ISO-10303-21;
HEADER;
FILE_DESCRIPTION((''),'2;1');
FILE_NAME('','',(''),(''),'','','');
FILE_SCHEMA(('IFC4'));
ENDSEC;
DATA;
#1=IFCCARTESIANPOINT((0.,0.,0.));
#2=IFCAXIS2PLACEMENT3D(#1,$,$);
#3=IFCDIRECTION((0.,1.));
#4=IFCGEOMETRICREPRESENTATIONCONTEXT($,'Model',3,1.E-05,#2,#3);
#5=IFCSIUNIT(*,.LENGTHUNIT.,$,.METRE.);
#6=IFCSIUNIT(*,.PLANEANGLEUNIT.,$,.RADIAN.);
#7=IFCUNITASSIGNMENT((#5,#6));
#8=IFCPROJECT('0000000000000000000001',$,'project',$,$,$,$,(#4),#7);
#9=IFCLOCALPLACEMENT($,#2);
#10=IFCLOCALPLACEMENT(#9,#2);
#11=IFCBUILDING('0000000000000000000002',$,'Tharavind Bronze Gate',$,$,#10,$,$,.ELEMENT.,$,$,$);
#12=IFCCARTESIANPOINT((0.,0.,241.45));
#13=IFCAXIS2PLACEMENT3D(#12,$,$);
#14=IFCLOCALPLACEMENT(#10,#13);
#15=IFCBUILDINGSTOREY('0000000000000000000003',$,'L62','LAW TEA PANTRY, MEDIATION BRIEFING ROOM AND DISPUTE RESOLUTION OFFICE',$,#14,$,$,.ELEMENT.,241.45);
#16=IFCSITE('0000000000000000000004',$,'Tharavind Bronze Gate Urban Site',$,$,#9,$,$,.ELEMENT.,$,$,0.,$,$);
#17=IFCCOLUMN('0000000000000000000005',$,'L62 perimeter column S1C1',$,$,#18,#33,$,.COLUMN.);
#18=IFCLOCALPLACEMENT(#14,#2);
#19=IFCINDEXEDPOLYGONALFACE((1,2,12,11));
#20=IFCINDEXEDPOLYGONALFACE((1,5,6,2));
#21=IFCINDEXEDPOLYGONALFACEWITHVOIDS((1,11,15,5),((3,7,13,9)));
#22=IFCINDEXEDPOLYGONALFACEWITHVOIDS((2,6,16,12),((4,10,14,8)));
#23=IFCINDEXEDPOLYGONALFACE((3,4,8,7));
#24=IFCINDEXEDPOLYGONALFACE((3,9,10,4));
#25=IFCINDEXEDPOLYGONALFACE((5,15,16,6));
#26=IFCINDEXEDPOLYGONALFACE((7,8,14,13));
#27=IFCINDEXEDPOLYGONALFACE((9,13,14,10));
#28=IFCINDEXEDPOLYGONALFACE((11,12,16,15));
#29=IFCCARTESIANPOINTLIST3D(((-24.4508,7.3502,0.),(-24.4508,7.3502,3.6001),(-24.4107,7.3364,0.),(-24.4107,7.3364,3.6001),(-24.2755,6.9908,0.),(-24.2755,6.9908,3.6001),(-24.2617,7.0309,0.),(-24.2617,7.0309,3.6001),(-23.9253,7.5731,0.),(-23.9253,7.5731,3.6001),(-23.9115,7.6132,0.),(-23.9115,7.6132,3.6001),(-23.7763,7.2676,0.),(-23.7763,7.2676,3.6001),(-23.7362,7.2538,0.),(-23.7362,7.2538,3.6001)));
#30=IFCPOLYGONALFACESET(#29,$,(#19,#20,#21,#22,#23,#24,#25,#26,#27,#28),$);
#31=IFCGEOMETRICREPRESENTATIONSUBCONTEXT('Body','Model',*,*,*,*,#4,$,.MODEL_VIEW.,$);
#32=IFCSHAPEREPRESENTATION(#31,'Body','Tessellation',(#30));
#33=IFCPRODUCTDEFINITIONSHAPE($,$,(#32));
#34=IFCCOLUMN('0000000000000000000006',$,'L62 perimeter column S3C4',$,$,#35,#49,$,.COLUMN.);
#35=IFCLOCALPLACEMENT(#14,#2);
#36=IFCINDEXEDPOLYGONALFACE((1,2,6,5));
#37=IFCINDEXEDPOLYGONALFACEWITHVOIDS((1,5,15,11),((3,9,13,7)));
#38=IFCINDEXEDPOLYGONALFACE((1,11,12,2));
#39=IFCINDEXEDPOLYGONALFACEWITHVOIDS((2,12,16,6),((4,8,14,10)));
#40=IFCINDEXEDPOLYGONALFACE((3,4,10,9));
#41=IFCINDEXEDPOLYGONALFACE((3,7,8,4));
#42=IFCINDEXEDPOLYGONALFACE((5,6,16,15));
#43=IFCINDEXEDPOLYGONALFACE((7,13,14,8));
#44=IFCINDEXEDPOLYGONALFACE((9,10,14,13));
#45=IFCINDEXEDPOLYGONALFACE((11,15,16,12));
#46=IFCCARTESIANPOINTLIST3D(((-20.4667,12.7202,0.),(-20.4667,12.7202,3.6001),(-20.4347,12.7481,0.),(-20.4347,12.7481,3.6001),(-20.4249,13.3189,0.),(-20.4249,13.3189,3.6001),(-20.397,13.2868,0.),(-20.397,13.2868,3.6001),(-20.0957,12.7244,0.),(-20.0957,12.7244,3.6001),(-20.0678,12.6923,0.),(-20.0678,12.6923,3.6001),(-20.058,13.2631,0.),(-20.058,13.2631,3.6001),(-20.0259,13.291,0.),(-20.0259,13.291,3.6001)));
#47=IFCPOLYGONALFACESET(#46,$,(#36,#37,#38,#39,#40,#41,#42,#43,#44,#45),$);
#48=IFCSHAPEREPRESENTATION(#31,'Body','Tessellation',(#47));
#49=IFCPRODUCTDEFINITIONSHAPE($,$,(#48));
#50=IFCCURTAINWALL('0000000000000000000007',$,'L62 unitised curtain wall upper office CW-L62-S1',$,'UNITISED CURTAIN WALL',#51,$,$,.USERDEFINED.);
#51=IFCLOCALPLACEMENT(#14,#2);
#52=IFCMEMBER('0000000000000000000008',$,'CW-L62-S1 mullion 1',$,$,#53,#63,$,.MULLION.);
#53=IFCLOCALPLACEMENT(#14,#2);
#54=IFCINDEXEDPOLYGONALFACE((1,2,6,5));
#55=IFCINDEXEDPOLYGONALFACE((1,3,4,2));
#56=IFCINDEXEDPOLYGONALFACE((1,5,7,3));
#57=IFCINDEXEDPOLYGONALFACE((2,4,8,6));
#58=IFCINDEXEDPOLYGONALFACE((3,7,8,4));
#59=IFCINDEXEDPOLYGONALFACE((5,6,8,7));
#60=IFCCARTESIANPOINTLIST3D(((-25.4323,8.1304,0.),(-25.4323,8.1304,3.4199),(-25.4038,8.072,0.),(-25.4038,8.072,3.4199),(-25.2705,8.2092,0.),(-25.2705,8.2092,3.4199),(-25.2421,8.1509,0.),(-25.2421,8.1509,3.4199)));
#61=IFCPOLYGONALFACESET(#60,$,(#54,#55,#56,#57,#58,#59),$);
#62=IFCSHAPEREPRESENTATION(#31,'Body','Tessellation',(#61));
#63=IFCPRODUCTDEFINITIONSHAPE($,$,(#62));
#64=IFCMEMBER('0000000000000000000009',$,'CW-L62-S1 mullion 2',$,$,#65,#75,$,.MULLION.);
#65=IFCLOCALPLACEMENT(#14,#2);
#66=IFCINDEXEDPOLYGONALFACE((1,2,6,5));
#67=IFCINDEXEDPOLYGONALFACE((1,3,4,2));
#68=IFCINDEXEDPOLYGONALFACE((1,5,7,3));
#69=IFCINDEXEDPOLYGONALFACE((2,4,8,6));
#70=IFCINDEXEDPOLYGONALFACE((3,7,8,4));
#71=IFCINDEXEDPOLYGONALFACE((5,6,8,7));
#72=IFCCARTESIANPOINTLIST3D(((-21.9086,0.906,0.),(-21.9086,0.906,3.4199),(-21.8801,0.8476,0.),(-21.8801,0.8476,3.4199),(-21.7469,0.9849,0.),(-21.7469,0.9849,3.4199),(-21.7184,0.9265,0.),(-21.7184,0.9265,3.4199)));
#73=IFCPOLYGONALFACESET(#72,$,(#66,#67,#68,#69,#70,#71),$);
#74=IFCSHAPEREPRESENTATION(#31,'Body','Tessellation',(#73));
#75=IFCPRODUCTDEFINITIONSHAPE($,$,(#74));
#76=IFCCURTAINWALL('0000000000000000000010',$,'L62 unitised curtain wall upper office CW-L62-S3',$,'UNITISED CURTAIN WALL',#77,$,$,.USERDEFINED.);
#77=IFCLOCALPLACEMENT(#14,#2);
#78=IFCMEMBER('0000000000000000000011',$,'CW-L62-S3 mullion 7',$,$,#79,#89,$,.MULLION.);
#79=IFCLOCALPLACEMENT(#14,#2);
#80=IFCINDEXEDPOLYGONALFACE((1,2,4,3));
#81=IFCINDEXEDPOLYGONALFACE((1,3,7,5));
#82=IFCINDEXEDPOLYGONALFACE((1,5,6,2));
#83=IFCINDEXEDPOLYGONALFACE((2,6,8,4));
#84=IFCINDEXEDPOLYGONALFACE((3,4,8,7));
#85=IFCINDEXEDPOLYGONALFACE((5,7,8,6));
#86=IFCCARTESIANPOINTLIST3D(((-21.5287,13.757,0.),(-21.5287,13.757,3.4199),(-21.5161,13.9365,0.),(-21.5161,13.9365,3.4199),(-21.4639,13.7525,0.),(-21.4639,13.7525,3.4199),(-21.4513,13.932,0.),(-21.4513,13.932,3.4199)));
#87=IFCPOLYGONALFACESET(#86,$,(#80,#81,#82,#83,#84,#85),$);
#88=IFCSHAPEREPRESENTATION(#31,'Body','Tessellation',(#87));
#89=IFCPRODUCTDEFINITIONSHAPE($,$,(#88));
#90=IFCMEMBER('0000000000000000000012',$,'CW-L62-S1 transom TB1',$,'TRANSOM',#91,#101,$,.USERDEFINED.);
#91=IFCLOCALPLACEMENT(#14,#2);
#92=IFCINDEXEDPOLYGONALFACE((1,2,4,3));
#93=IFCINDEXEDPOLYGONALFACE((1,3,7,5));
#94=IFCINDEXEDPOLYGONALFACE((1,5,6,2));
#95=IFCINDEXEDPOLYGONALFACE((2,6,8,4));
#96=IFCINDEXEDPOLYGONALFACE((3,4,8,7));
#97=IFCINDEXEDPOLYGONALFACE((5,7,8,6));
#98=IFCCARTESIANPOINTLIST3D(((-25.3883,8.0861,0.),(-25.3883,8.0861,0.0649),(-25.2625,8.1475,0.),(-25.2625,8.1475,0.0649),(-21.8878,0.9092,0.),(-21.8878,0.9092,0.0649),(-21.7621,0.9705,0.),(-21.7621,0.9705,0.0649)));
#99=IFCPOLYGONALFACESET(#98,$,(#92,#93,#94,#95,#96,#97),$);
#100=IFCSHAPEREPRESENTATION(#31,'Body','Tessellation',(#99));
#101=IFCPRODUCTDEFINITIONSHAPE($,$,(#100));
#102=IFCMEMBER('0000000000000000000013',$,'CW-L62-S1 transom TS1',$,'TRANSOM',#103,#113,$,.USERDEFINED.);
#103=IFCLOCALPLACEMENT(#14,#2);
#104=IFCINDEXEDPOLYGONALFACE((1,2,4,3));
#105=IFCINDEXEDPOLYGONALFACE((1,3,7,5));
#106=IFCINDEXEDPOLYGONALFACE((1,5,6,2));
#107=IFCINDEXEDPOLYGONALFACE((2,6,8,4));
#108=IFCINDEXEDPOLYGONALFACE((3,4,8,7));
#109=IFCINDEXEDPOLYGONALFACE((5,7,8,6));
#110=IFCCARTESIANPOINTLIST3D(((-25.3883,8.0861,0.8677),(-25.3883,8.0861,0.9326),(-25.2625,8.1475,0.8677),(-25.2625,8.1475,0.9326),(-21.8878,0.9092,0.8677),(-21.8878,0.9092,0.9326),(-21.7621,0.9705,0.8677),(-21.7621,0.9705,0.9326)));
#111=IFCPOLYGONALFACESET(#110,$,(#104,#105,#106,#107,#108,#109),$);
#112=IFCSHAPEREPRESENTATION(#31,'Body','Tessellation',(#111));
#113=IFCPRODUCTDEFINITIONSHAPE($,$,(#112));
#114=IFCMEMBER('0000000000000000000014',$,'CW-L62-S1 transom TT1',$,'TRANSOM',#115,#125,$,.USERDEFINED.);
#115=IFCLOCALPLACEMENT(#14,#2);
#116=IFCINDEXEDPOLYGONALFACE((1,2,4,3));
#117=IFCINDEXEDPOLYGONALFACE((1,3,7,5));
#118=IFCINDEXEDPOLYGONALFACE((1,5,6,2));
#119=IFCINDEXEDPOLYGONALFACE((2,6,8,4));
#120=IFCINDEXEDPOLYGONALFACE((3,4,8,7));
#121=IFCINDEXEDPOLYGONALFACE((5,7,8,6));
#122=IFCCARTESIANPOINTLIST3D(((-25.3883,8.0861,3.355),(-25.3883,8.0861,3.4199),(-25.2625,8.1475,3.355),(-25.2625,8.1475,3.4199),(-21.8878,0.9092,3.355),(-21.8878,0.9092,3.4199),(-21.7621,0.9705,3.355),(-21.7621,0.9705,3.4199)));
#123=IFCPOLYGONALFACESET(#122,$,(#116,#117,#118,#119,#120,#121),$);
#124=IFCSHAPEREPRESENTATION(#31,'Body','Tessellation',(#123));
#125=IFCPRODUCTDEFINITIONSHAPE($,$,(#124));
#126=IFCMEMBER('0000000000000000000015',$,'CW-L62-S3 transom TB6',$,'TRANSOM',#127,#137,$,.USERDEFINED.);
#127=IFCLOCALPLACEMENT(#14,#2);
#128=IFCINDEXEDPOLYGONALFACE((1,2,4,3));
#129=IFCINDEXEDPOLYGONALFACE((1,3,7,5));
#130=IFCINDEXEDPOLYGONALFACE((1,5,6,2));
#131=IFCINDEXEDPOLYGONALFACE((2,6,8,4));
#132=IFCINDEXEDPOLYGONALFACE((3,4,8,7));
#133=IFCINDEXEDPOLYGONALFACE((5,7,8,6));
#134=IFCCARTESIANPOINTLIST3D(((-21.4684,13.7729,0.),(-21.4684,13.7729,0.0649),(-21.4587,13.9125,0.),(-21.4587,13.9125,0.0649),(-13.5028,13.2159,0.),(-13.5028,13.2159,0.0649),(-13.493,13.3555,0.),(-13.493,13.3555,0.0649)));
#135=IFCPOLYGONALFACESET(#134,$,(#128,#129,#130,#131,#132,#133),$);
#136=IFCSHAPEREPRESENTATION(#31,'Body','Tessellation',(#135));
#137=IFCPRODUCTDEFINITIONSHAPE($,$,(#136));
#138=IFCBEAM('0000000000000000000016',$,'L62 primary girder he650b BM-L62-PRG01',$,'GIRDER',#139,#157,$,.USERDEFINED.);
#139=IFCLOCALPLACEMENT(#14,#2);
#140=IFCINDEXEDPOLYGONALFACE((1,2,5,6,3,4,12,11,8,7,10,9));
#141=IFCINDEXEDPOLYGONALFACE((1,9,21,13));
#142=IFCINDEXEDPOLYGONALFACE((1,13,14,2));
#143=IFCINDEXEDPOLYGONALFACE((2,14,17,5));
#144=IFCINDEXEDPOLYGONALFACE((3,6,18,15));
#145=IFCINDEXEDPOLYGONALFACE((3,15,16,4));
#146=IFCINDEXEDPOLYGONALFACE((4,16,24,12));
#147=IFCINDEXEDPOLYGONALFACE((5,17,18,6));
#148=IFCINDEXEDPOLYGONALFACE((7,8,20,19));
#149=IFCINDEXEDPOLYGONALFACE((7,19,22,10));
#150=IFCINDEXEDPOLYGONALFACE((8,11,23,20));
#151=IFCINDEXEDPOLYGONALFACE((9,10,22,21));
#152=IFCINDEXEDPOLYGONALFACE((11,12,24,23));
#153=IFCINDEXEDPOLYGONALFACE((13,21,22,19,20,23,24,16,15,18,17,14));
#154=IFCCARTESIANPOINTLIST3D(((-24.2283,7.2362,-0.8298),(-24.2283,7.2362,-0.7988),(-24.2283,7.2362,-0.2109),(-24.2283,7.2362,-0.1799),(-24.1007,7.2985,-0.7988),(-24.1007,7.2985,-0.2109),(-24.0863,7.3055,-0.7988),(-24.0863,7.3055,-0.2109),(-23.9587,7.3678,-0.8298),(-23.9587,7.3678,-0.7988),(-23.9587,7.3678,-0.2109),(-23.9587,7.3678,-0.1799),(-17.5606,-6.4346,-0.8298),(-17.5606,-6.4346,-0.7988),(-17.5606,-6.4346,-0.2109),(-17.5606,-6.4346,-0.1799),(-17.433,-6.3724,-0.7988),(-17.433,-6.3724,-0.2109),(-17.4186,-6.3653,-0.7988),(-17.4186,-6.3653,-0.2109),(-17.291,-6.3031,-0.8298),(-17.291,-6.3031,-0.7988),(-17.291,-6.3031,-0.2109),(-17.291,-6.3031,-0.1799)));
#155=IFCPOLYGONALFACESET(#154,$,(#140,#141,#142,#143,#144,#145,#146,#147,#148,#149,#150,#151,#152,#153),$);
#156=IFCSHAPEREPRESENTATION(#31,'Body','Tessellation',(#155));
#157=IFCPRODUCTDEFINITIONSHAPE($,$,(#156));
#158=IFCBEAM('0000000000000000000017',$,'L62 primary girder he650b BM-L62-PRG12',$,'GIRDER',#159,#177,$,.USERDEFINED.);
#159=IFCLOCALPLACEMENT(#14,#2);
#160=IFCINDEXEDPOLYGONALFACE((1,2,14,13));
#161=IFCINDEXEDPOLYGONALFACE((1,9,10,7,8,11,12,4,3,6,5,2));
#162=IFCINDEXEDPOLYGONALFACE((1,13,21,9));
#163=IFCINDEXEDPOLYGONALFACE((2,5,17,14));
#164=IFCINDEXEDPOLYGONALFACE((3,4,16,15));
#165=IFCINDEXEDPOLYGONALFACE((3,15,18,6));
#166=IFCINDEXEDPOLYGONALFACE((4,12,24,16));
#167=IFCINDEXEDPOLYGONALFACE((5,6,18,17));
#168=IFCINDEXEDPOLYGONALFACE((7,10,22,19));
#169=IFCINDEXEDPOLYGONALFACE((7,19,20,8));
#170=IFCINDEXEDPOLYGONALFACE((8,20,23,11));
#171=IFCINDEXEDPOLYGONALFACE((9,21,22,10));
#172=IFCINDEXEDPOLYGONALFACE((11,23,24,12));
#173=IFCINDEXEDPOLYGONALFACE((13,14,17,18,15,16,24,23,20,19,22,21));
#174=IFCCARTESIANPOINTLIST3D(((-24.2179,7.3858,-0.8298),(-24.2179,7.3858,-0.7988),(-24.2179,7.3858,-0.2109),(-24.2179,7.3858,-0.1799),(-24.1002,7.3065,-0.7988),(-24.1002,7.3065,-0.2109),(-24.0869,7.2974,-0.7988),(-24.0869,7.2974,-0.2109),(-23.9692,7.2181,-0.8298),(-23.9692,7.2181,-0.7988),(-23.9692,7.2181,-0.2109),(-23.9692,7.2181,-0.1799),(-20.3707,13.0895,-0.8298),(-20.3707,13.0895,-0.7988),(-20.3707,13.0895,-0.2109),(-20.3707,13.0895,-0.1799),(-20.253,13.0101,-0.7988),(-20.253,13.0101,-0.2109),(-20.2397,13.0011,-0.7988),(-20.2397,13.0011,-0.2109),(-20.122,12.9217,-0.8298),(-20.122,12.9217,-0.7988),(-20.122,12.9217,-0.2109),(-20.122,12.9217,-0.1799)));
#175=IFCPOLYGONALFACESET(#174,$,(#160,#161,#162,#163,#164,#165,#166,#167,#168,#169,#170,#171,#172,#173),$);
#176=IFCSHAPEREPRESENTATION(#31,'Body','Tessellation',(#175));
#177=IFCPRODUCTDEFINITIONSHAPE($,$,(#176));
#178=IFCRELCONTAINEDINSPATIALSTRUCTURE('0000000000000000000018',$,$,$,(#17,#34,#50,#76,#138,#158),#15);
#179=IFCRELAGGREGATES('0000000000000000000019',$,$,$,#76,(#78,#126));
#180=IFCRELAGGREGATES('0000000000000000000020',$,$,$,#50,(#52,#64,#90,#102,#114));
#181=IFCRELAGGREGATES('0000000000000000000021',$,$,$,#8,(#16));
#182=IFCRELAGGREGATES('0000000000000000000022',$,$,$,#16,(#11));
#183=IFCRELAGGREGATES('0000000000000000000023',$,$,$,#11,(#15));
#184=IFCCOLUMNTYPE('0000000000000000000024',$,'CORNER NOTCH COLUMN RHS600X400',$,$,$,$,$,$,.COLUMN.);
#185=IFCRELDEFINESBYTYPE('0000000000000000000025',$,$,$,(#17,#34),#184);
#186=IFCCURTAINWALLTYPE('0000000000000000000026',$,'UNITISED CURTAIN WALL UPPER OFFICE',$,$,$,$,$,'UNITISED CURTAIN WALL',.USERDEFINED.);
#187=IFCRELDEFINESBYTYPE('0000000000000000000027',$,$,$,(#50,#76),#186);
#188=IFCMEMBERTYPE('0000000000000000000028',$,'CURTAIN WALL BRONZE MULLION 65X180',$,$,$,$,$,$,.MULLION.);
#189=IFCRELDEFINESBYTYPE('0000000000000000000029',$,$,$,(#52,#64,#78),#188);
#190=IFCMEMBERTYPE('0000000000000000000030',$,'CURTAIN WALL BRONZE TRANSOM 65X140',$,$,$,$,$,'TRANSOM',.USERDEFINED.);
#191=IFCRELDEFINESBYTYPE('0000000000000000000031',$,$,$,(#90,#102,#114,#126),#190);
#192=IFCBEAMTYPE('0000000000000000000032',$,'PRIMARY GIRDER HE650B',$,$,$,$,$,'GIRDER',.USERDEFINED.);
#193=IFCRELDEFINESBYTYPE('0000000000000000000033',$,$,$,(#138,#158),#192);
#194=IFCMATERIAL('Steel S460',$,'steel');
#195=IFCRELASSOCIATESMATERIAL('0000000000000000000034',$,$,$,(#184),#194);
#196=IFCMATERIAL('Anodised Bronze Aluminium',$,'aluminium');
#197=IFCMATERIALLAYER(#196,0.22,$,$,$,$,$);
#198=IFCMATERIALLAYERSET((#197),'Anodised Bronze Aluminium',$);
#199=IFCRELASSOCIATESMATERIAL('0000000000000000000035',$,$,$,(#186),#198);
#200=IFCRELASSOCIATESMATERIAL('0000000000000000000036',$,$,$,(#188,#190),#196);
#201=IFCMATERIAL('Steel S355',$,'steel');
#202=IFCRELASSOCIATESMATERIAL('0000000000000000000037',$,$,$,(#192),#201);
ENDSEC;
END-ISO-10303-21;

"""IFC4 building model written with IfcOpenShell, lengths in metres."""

from ifc_helpers import new_model, si_unit, direction, frame, origin, origin_2d, place, context, subcontext, project, spatial, rectangle, hollow_rectangle, i_section, extrude, material, layer, layer_set, material_profile, profile_set, type_object, element, aggregate, save


model = new_model("IFC4")

# Units and contexts
model_context = context("Model", 3, precision=1e-05, world=origin(), true_north=direction((0.0, 1.0)))
body_context = subcontext(model_context, "Body", "Model", "MODEL_VIEW")
ifc_project = project(units=[si_unit("LENGTHUNIT", "METRE"), si_unit("PLANEANGLEUNIT", "RADIAN")], contexts=[model_context])

# Site, building, storey
site_placement = place(None, origin())
site = spatial("IfcSite", under=ifc_project, at=site_placement, Name="Tharavind Bronze Gate Urban Site", CompositionType="ELEMENT", RefElevation=0.0)
building_placement = place(site_placement, origin())
building = spatial("IfcBuilding", under=site, at=building_placement, Name="Tharavind Bronze Gate", CompositionType="ELEMENT")
storey_placement = place(building_placement, frame((0.0, 0.0, 241.45)))
storey = spatial("IfcBuildingStorey", under=building, at=storey_placement, Name="L62", Description="LAW TEA PANTRY, MEDIATION BRIEFING ROOM AND DISPUTE RESOLUTION OFFICE", CompositionType="ELEMENT", Elevation=241.45)

# Columns
ifc_material_1 = material(Name="Steel S460", Category="steel")
ifc_material_profile_1 = material_profile(ifc_material_1, hollow_rectangle(XDim=0.3999, YDim=0.6001, WallThickness=0.03, at=origin_2d()), Name="RHS600X400X30")
ifc_profile_set_1 = profile_set([ifc_material_profile_1], Name="Steel S460")
column_type = type_object("IfcColumnType", Name="CORNER NOTCH COLUMN RHS600X400", PredefinedType="COLUMN", material=ifc_profile_set_1)
for number, where, z_axis, x_axis, name in (
    (1, (-24.0935, 7.302, 0.0), (0.0, 0.0, 1.0), (-0.438371, 0.898794, 0.0), "L62 perimeter column S1C1"),
    (2, (-20.2463, 13.0056, 0.0), (0.0, 0.0, 1.0), (-0.997564, 0.069756, 0.0), "L62 perimeter column S3C4"),
):
    element("IfcColumn", number, at=place(storey_placement, frame(where, z_axis=z_axis, x_axis=x_axis)), inside=storey, type_object=column_type, Name=name, PredefinedType="COLUMN", context=body_context, shape_type="SweptSolid", body=[
        extrude(hollow_rectangle(XDim=0.3999, YDim=0.6001, WallThickness=0.03, at=origin_2d()), origin(), (0.0, 0.0, 1.0), 3.6001),
    ])

# Curtain wall, members
ifc_material_2 = material(Name="Anodised Bronze Aluminium", Category="aluminium")
ifc_layer_1 = layer(ifc_material_2, 0.22)
ifc_layer_set_1 = layer_set([ifc_layer_1], Name="Anodised Bronze Aluminium")
curtain_wall_type = type_object("IfcCurtainWallType", Name="UNITISED CURTAIN WALL UPPER OFFICE", ElementType="UNITISED CURTAIN WALL", PredefinedType="USERDEFINED", material=ifc_layer_set_1)
curtain_wall_1_placement = place(storey_placement, origin())
curtain_wall_1 = element("IfcCurtainWall", 3, at=curtain_wall_1_placement, inside=storey, type_object=curtain_wall_type, Name="L62 unitised curtain wall upper office CW-L62-S1", ObjectType="UNITISED CURTAIN WALL", PredefinedType="USERDEFINED")
member_type_1 = type_object("IfcMemberType", Name="CURTAIN WALL BRONZE MULLION 65X180", PredefinedType="MULLION", material=ifc_material_2)
member_1_placement = place(storey_placement, frame((-25.3372, 8.1406, 0.0), z_axis=(0.0, 0.0, 1.0), x_axis=(0.438371, -0.898794, 0.0)))
member_1 = element("IfcMember", 4, at=member_1_placement, type_object=member_type_1, Name="CW-L62-S1 mullion 1", PredefinedType="MULLION", context=body_context, shape_type="SweptSolid", body=[
    extrude(rectangle(XDim=0.0649, YDim=0.1799, at=origin_2d()), origin(), (0.0, 0.0, 1.0), 3.4199),
])
member_2_placement = place(storey_placement, frame((-21.8135, 0.9163, 0.0), z_axis=(0.0, 0.0, 1.0), x_axis=(0.438371, -0.898794, 0.0)))
member_2 = element("IfcMember", 5, at=member_2_placement, type_object=member_type_1, Name="CW-L62-S1 mullion 2", PredefinedType="MULLION", context=body_context, shape_type="SweptSolid", body=[
    extrude(rectangle(XDim=0.0649, YDim=0.1799, at=origin_2d()), origin(), (0.0, 0.0, 1.0), 3.4199),
])

# Curtain wall, member
curtain_wall_2_placement = place(storey_placement, origin())
curtain_wall_2 = element("IfcCurtainWall", 6, at=curtain_wall_2_placement, inside=storey, type_object=curtain_wall_type, Name="L62 unitised curtain wall upper office CW-L62-S3", ObjectType="UNITISED CURTAIN WALL", PredefinedType="USERDEFINED")
member_3_placement = place(storey_placement, frame((-21.49, 13.8445, 0.0), z_axis=(0.0, 0.0, 1.0), x_axis=(-0.997564, 0.069758, 0.0)))
member_3 = element("IfcMember", 7, at=member_3_placement, type_object=member_type_1, Name="CW-L62-S3 mullion 7", PredefinedType="MULLION", context=body_context, shape_type="SweptSolid", body=[
    extrude(rectangle(XDim=0.0649, YDim=0.1799, at=origin_2d()), origin(), (0.0, 0.0, 1.0), 3.4199),
])

# Members
member_type_2 = type_object("IfcMemberType", Name="CURTAIN WALL BRONZE TRANSOM 65X140", ElementType="TRANSOM", PredefinedType="USERDEFINED", material=ifc_material_2)
member_4_placement = place(storey_placement, frame((-23.5752, 4.5283, 0.0), z_axis=(0.0, 0.0, 1.0), x_axis=(0.438371, -0.898794, 0.0)))
member_4 = element("IfcMember", 8, at=member_4_placement, type_object=member_type_2, Name="CW-L62-S1 transom TB1", ObjectType="TRANSOM", PredefinedType="USERDEFINED", context=body_context, shape_type="SweptSolid", body=[
    extrude(rectangle(XDim=7.9851, YDim=0.1399, at=origin_2d()), origin(), (0.0, 0.0, 1.0), 0.0649),
])
member_5_placement = place(storey_placement, frame((-23.5752, 4.5283, 0.8677), z_axis=(0.0, 0.0, 1.0), x_axis=(0.438371, -0.898794, 0.0)))
member_5 = element("IfcMember", 9, at=member_5_placement, type_object=member_type_2, Name="CW-L62-S1 transom TS1", ObjectType="TRANSOM", PredefinedType="USERDEFINED", context=body_context, shape_type="SweptSolid", body=[
    extrude(rectangle(XDim=7.9851, YDim=0.1399, at=origin_2d()), origin(), (0.0, 0.0, 1.0), 0.0649),
])
member_6_placement = place(storey_placement, frame((-23.5752, 4.5283, 3.355), z_axis=(0.0, 0.0, 1.0), x_axis=(0.438371, -0.898794, 0.0)))
member_6 = element("IfcMember", 10, at=member_6_placement, type_object=member_type_2, Name="CW-L62-S1 transom TT1", ObjectType="TRANSOM", PredefinedType="USERDEFINED", context=body_context, shape_type="SweptSolid", body=[
    extrude(rectangle(XDim=7.9851, YDim=0.1399, at=origin_2d()), origin(), (0.0, 0.0, 1.0), 0.0649),
])
member_7_placement = place(storey_placement, frame((-17.4807, 13.5642, 0.0), z_axis=(0.0, 0.0, 1.0), x_axis=(-0.997564, 0.069758, 0.0)))
member_7 = element("IfcMember", 11, at=member_7_placement, type_object=member_type_2, Name="CW-L62-S3 transom TB6", ObjectType="TRANSOM", PredefinedType="USERDEFINED", context=body_context, shape_type="SweptSolid", body=[
    extrude(rectangle(XDim=7.9851, YDim=0.1399, at=origin_2d()), origin(), (0.0, 0.0, 1.0), 0.0649),
])
aggregate(curtain_wall_2, [member_3, member_7])

# Beams
ifc_material_3 = material(Name="Steel S355", Category="steel")
ifc_material_profile_2 = material_profile(ifc_material_3, i_section(OverallWidth=0.3, OverallDepth=0.6499, WebThickness=0.0161, FlangeThickness=0.031, at=origin_2d()), Name="HE650B")
ifc_profile_set_2 = profile_set([ifc_material_profile_2], Name="Steel S355")
beam_type_1 = type_object("IfcBeamType", Name="PRIMARY GIRDER HE650B", ElementType="GIRDER", PredefinedType="USERDEFINED", material=ifc_profile_set_2)
beam_1_placement = place(storey_placement, frame((-24.0935, 7.302, -0.5049), z_axis=(0.43837, -0.898795, 0.0), x_axis=(0.898795, 0.43837, 0.0)))
element("IfcBeam", 12, at=beam_1_placement, inside=storey, type_object=beam_type_1, Name="L62 primary girder he650b BM-L62-PRG01", ObjectType="GIRDER", PredefinedType="USERDEFINED", context=body_context, shape_type="SweptSolid", body=[
    extrude(i_section(OverallWidth=0.3, OverallDepth=0.6499, WebThickness=0.0161, FlangeThickness=0.031, at=origin_2d()), origin(), (0.0, 0.0, 1.0), 15.2102),
])
beam_2_placement = place(storey_placement, frame((-20.2463, 13.0056, -0.5049), z_axis=(-0.559196, -0.829035, 0.0), x_axis=(0.829035, -0.559196, 0.0)))
element("IfcBeam", 13, at=beam_2_placement, inside=storey, type_object=beam_type_1, Name="L62 primary girder he650b BM-L62-PRG12", ObjectType="GIRDER", PredefinedType="USERDEFINED", context=body_context, shape_type="SweptSolid", body=[
    extrude(i_section(OverallWidth=0.3, OverallDepth=0.6499, WebThickness=0.0161, FlangeThickness=0.031, at=origin_2d()), origin(), (0.0, 0.0, 1.0), 6.8799),
])

aggregate(curtain_wall_1, [member_1, member_2, member_4, member_5, member_6])

save(model, "model.ifc")
